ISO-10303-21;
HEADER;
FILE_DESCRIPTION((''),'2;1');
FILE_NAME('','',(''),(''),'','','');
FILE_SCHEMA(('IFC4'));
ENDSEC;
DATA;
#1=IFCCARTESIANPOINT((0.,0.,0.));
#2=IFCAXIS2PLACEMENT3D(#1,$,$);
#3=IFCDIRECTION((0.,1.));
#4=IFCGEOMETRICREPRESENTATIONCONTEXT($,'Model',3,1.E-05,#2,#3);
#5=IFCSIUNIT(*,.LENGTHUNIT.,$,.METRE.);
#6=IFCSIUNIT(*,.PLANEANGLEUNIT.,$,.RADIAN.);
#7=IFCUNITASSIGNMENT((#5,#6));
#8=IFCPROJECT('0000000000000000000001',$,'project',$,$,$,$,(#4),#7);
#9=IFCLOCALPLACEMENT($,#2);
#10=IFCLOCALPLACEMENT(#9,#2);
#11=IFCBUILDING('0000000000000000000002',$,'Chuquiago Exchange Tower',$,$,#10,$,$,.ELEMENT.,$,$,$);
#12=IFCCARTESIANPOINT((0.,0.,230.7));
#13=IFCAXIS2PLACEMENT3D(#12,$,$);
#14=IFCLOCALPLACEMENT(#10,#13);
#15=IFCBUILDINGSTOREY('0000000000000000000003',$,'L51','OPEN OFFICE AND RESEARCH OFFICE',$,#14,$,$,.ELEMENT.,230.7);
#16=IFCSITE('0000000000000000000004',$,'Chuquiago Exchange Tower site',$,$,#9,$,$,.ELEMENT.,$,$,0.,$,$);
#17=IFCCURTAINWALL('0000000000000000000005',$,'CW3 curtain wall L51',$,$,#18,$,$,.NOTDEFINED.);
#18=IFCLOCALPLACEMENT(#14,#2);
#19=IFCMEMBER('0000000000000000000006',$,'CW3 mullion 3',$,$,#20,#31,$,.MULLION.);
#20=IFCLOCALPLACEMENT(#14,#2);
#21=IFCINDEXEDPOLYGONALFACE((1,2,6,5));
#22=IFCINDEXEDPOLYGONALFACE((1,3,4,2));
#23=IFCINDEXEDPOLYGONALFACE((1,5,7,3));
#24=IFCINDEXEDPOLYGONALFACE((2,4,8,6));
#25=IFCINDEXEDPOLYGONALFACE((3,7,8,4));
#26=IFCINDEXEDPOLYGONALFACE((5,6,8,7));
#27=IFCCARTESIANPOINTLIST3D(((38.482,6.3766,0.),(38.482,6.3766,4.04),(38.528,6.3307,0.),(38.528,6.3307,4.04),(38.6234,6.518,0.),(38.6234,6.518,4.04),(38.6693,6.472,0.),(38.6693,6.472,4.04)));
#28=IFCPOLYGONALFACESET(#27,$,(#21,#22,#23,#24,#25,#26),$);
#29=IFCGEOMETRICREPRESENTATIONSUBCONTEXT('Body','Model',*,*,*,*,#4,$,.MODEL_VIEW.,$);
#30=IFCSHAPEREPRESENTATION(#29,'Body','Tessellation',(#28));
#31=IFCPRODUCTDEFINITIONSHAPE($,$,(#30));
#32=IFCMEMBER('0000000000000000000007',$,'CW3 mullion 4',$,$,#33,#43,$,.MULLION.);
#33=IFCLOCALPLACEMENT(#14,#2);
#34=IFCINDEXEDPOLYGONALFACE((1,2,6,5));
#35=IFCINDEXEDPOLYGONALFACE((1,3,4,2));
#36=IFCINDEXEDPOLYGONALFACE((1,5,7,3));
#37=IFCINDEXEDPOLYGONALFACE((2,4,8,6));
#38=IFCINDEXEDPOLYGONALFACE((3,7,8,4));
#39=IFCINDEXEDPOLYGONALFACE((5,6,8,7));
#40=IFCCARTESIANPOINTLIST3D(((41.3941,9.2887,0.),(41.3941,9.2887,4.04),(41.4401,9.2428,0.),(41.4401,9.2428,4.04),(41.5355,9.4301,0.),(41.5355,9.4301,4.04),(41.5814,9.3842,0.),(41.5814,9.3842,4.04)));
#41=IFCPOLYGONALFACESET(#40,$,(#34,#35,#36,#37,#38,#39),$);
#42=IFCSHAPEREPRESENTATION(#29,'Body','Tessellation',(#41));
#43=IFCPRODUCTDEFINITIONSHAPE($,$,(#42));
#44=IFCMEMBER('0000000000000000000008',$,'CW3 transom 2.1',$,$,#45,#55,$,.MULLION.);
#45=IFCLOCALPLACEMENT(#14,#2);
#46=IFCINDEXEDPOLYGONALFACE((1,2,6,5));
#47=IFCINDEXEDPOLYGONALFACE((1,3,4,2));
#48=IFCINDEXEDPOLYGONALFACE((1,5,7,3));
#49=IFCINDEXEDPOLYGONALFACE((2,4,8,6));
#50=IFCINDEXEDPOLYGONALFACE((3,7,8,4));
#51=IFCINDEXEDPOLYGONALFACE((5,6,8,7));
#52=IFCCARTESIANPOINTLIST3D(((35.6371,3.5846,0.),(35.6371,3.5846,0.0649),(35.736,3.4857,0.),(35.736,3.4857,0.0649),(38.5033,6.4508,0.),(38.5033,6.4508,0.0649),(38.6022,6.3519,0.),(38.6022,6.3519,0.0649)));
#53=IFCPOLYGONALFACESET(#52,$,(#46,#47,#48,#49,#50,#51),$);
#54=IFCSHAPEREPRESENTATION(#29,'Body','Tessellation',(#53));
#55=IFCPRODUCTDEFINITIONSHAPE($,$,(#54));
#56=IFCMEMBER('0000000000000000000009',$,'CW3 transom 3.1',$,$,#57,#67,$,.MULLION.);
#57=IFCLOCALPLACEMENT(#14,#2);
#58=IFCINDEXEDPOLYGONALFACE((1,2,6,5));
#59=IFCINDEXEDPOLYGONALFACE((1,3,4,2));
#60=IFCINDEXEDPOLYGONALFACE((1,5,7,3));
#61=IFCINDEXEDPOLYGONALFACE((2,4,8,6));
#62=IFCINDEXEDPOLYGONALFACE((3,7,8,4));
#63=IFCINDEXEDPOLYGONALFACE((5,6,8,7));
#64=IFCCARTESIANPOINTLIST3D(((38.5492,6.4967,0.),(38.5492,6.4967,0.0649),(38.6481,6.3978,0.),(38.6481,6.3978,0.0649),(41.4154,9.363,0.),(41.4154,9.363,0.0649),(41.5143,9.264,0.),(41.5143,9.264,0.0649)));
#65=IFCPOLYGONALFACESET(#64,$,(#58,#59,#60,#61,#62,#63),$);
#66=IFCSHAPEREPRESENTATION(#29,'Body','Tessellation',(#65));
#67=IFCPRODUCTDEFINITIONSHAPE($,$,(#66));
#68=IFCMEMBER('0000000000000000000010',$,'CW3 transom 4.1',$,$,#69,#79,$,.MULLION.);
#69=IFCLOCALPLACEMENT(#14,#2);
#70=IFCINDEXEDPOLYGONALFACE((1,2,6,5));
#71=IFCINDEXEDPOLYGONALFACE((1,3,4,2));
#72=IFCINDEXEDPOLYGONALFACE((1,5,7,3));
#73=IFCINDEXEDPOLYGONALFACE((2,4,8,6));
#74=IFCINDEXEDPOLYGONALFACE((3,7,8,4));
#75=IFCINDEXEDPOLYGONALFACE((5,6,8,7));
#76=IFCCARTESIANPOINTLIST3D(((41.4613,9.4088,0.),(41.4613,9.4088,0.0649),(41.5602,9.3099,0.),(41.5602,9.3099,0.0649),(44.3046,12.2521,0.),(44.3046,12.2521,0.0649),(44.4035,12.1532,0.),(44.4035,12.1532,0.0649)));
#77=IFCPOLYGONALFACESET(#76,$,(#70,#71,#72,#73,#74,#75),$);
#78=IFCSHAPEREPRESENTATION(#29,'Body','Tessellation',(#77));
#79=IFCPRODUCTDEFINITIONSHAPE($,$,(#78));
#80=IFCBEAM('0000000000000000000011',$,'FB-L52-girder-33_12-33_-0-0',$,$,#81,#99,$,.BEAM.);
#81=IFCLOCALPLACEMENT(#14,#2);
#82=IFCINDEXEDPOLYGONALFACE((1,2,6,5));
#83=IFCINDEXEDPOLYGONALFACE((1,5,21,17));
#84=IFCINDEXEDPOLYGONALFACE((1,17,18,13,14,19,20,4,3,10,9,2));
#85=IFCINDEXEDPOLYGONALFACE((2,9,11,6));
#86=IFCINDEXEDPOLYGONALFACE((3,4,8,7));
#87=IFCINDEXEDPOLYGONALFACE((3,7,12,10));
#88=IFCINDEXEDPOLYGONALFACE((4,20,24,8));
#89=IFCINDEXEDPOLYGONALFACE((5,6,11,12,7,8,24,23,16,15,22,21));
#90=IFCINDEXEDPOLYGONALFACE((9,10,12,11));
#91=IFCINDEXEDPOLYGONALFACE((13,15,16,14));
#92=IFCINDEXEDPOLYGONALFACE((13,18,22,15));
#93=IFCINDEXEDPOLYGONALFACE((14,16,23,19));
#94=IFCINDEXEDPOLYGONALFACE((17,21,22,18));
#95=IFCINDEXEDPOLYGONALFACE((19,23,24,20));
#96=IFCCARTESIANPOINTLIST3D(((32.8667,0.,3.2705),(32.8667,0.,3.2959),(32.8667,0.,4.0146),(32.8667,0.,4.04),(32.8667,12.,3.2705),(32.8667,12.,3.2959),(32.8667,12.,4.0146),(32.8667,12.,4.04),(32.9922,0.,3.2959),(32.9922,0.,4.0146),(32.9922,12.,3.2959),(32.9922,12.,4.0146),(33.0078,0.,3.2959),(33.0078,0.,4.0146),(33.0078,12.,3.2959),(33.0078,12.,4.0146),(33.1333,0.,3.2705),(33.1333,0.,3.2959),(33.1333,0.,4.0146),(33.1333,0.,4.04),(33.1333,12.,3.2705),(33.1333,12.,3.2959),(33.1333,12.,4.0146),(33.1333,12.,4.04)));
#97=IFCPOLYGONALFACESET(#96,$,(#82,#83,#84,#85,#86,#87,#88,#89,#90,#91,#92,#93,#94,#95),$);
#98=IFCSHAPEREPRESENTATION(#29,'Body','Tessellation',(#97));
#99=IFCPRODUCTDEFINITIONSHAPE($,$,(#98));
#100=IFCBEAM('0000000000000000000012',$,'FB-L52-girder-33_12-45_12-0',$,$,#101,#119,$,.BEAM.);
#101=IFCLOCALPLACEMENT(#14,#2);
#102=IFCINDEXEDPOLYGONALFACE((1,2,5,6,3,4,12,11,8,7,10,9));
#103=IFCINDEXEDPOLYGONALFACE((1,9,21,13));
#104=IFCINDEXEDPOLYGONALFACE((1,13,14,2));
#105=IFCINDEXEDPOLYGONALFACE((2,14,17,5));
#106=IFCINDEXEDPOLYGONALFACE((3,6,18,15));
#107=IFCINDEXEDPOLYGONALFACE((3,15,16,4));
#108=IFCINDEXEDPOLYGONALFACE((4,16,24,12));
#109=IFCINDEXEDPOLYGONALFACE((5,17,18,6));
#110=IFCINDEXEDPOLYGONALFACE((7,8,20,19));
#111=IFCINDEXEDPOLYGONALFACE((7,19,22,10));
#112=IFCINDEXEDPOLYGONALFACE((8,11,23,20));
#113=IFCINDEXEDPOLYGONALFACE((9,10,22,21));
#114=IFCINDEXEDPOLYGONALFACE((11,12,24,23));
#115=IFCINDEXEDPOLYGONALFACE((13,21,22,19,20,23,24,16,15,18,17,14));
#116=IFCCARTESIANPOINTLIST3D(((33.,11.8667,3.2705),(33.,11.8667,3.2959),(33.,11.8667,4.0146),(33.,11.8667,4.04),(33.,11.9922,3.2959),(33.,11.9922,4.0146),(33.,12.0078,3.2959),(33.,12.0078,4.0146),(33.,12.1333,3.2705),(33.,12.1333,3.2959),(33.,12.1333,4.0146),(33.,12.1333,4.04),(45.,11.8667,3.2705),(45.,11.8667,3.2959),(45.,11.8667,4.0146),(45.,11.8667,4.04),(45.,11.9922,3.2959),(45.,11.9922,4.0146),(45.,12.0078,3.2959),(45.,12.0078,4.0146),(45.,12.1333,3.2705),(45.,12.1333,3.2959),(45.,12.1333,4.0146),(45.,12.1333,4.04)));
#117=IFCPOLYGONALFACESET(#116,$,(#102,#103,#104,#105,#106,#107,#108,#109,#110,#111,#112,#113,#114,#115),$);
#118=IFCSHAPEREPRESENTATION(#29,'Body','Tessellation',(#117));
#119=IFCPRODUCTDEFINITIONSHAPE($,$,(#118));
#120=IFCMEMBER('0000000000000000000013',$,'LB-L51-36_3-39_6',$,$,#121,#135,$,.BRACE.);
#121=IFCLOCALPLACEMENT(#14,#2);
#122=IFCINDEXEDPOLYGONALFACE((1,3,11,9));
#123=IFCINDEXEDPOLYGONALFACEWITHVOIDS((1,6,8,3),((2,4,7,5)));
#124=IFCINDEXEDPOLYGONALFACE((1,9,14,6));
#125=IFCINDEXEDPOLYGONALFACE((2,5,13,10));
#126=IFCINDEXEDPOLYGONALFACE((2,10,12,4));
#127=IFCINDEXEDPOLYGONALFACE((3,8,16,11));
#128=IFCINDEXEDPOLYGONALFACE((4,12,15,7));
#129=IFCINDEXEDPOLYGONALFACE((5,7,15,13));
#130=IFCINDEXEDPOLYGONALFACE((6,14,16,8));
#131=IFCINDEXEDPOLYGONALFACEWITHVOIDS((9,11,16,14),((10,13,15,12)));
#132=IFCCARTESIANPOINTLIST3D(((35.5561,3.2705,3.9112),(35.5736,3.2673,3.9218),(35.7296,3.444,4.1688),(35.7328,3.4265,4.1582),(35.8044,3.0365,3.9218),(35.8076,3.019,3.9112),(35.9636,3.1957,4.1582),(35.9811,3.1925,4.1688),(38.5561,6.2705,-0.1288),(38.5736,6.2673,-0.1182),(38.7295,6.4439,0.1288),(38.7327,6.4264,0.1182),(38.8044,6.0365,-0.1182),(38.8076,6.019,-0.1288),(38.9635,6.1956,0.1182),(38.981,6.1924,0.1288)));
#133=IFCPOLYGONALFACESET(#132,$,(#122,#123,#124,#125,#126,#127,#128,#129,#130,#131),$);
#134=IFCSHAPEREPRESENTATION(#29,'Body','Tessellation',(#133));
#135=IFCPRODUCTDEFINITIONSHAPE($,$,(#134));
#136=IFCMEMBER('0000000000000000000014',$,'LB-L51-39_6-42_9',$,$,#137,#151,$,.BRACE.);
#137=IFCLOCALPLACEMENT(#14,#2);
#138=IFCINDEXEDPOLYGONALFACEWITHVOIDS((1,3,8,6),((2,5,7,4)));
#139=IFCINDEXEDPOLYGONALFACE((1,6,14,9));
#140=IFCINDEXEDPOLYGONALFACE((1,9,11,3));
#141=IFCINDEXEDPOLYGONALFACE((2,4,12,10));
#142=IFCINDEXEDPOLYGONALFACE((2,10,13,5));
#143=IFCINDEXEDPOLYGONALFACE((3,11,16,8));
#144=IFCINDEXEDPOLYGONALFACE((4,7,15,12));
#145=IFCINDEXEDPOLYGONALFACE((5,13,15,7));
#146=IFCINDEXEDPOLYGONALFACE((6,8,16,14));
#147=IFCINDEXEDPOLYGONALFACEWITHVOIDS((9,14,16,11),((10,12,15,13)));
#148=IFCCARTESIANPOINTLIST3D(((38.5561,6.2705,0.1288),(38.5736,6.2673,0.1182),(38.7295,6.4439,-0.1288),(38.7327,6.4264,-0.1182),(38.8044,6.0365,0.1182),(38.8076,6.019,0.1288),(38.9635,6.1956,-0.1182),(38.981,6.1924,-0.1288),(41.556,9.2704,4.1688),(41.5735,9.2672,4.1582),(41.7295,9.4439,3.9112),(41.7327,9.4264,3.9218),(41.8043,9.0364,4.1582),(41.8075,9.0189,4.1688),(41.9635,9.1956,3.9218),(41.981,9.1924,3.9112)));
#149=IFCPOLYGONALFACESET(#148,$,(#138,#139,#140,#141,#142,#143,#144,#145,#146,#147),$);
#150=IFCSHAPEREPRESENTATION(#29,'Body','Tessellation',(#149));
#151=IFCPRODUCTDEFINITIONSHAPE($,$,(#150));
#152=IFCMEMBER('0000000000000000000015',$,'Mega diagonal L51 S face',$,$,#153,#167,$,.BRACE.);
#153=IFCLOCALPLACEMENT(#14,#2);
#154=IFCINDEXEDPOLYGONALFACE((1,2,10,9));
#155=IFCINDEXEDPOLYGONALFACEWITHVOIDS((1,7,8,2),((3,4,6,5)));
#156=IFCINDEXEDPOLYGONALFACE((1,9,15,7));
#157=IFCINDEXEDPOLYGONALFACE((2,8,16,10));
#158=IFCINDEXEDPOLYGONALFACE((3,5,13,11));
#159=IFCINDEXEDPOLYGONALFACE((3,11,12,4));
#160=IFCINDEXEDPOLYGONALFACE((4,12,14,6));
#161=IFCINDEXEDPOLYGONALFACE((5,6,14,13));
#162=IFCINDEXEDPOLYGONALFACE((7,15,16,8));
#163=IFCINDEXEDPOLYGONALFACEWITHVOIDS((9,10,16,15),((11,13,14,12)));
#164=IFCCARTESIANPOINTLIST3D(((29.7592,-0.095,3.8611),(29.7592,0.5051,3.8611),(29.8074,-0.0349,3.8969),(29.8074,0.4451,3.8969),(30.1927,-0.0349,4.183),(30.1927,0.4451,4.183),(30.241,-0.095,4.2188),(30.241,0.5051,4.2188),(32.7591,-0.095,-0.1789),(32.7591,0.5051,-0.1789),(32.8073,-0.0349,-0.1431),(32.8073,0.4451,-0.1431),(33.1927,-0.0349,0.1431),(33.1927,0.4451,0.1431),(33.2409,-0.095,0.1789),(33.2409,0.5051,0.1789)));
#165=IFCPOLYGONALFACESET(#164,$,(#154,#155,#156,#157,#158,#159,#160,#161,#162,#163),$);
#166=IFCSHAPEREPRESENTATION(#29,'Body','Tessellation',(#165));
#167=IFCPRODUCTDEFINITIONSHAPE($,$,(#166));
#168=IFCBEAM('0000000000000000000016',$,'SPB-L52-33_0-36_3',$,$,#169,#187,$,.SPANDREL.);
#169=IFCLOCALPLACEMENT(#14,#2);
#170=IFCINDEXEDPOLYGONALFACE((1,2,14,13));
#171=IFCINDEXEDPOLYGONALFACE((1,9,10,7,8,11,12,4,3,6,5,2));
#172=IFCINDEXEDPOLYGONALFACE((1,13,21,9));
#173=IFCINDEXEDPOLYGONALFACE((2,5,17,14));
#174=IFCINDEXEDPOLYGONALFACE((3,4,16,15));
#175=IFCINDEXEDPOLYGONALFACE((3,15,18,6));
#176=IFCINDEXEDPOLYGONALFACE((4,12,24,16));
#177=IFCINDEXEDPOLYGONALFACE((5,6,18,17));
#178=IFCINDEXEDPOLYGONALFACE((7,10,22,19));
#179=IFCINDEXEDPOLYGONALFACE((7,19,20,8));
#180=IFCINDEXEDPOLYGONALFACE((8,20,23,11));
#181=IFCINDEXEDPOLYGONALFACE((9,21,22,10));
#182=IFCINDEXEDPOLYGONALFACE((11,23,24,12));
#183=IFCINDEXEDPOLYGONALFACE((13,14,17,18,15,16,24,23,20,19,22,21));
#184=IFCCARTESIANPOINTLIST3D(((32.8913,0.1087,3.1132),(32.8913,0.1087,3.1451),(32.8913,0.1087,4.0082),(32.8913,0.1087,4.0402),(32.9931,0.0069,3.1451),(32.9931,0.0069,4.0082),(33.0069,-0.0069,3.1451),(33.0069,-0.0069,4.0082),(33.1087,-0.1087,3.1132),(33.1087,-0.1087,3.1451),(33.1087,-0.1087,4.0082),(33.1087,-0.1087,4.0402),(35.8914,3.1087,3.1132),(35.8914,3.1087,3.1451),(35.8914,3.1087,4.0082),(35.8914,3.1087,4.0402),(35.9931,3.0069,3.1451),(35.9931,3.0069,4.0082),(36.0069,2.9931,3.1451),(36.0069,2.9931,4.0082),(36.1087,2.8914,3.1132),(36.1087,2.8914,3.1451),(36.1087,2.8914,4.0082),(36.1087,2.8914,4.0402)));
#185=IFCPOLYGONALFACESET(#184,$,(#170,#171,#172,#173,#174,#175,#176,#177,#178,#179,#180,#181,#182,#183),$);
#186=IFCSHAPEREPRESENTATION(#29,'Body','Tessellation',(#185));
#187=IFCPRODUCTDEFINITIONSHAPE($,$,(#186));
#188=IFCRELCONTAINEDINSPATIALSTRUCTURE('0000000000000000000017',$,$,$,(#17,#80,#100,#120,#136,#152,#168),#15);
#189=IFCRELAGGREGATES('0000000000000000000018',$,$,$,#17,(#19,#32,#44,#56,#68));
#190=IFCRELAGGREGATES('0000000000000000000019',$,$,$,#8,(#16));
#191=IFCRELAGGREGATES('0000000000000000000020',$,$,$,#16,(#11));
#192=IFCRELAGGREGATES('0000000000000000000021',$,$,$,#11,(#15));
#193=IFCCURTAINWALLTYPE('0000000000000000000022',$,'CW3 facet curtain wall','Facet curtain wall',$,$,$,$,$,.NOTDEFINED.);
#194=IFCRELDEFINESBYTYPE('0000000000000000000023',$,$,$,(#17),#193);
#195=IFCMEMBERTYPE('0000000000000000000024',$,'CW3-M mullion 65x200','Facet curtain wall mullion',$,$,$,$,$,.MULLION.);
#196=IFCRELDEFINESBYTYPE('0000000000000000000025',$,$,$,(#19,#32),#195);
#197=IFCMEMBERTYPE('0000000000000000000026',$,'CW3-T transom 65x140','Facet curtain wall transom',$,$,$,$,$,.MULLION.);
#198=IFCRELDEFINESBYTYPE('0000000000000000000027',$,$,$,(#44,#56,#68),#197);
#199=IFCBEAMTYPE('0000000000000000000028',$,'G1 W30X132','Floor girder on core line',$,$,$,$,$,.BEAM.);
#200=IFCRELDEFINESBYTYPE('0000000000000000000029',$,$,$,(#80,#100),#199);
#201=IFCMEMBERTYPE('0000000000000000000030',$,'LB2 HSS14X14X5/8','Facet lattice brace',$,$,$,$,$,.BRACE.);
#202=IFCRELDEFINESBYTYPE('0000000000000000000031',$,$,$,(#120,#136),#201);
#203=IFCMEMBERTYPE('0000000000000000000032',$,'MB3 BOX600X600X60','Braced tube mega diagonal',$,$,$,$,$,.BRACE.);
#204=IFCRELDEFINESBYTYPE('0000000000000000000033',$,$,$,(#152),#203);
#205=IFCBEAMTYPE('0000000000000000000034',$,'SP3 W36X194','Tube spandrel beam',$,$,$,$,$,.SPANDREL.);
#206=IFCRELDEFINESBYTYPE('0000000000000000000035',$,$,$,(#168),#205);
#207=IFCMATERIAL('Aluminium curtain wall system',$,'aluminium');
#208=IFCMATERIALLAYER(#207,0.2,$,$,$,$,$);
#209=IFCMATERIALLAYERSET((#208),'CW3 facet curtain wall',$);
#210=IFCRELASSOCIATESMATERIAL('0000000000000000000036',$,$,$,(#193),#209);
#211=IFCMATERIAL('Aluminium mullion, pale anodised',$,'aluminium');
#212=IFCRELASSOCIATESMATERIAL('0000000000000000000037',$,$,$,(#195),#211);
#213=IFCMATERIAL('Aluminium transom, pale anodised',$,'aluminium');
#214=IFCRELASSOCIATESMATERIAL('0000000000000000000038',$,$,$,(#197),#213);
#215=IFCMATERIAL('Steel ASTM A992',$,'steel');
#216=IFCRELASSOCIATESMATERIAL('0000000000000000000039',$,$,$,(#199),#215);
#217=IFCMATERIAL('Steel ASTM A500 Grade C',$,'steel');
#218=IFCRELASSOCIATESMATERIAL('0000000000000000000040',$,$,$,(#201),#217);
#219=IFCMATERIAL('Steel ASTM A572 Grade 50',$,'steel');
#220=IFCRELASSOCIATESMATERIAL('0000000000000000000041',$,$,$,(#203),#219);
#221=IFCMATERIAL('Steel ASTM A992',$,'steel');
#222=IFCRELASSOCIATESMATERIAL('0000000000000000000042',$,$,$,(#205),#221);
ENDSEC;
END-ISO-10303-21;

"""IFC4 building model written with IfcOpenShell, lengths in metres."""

from ifc_helpers import new_model, si_unit, direction, frame, origin, origin_2d, place, context, subcontext, project, spatial, rectangle, hollow_rectangle, i_section, extrude, material, layer, layer_set, material_profile, profile_set, type_object, element, aggregate, save


model = new_model("IFC4")

# Units and contexts
model_context = context("Model", 3, precision=1e-05, world=origin(), true_north=direction((0.0, 1.0)))
body_context = subcontext(model_context, "Body", "Model", "MODEL_VIEW")
ifc_project = project(units=[si_unit("LENGTHUNIT", "METRE"), si_unit("PLANEANGLEUNIT", "RADIAN")], contexts=[model_context])

# Site, building, storey
site_placement = place(None, origin())
site = spatial("IfcSite", under=ifc_project, at=site_placement, Name="Chuquiago Exchange Tower site", CompositionType="ELEMENT", RefElevation=0.0)
building_placement = place(site_placement, origin())
building = spatial("IfcBuilding", under=site, at=building_placement, Name="Chuquiago Exchange Tower", CompositionType="ELEMENT")
storey_placement = place(building_placement, frame((0.0, 0.0, 230.7)))
storey = spatial("IfcBuildingStorey", under=building, at=storey_placement, Name="L51", Description="OPEN OFFICE AND RESEARCH OFFICE", CompositionType="ELEMENT", Elevation=230.7)

# Curtain wall, members
ifc_material_1 = material(Name="Aluminium curtain wall system", Category="aluminium")
ifc_layer_1 = layer(ifc_material_1, 0.2)
ifc_layer_set_1 = layer_set([ifc_layer_1], Name="CW3 facet curtain wall")
curtain_wall_type = type_object("IfcCurtainWallType", Name="CW3 facet curtain wall", Description="Facet curtain wall", PredefinedType="NOTDEFINED", material=ifc_layer_set_1)
curtain_wall_placement = place(storey_placement, origin())
curtain_wall = element("IfcCurtainWall", 1, at=curtain_wall_placement, inside=storey, type_object=curtain_wall_type, Name="CW3 curtain wall L51", PredefinedType="NOTDEFINED")
ifc_material_2 = material(Name="Aluminium mullion, pale anodised", Category="aluminium")
ifc_material_profile_1 = material_profile(ifc_material_2, rectangle(XDim=0.0649, YDim=0.2, at=origin_2d()), Name="AL 65x200")
ifc_profile_set_1 = profile_set([ifc_material_profile_1], Name="Aluminium mullion, pale anodised")
member_type_1 = type_object("IfcMemberType", Name="CW3-M mullion 65x200", Description="Facet curtain wall mullion", PredefinedType="MULLION", material=ifc_profile_set_1)
member_1_placement = place(storey_placement, frame((38.5757, 6.4243, 0.0), z_axis=(0.0, 0.0, 1.0), x_axis=(-0.707107, 0.707107, 0.0)))
member_1 = element("IfcMember", 2, at=member_1_placement, type_object=member_type_1, Name="CW3 mullion 3", PredefinedType="MULLION", context=body_context, shape_type="SweptSolid", body=[
    extrude(rectangle(XDim=0.0649, YDim=0.2, at=origin_2d()), origin(), (0.0, 0.0, 1.0), 4.04),
])
member_2_placement = place(storey_placement, frame((41.4878, 9.3364, 0.0), z_axis=(0.0, 0.0, 1.0), x_axis=(-0.707107, 0.707107, 0.0)))
member_2 = element("IfcMember", 3, at=member_2_placement, type_object=member_type_1, Name="CW3 mullion 4", PredefinedType="MULLION", context=body_context, shape_type="SweptSolid", body=[
    extrude(rectangle(XDim=0.0649, YDim=0.2, at=origin_2d()), origin(), (0.0, 0.0, 1.0), 4.04),
])
ifc_material_3 = material(Name="Aluminium transom, pale anodised", Category="aluminium")
ifc_material_profile_2 = material_profile(ifc_material_3, rectangle(XDim=0.1399, YDim=0.0649, at=origin_2d()), Name="AL 140x65")
ifc_profile_set_2 = profile_set([ifc_material_profile_2], Name="Aluminium transom, pale anodised")
member_type_2 = type_object("IfcMemberType", Name="CW3-T transom 65x140", Description="Facet curtain wall transom", PredefinedType="MULLION", material=ifc_profile_set_2)
member_3_placement = place(storey_placement, frame((35.6865, 3.5352, 0.0325), z_axis=(0.707107, 0.707107, 0.0), x_axis=(-0.707107, 0.707107, 0.0)))
member_3 = element("IfcMember", 4, at=member_3_placement, type_object=member_type_2, Name="CW3 transom 2.1", PredefinedType="MULLION", context=body_context, shape_type="SweptSolid", body=[
    extrude(rectangle(XDim=0.1399, YDim=0.0649, at=origin_2d()), origin(), (0.0, 0.0, 1.0), 4.0535),
])
member_4_placement = place(storey_placement, frame((38.5986, 6.4473, 0.0325), z_axis=(0.707107, 0.707107, 0.0), x_axis=(-0.707107, 0.707107, 0.0)))
member_4 = element("IfcMember", 5, at=member_4_placement, type_object=member_type_2, Name="CW3 transom 3.1", PredefinedType="MULLION", context=body_context, shape_type="SweptSolid", body=[
    extrude(rectangle(XDim=0.1399, YDim=0.0649, at=origin_2d()), origin(), (0.0, 0.0, 1.0), 4.0535),
])
member_5_placement = place(storey_placement, frame((41.5107, 9.3594, 0.0325), z_axis=(0.707107, 0.707107, 0.0), x_axis=(-0.707107, 0.707107, 0.0)))
member_5 = element("IfcMember", 6, at=member_5_placement, type_object=member_type_2, Name="CW3 transom 4.1", PredefinedType="MULLION", context=body_context, shape_type="SweptSolid", body=[
    extrude(rectangle(XDim=0.1399, YDim=0.0649, at=origin_2d()), origin(), (0.0, 0.0, 1.0), 4.021),
])

# Beams
ifc_material_4 = material(Name="Steel ASTM A992", Category="steel")
ifc_material_profile_3 = material_profile(ifc_material_4, i_section(OverallWidth=0.2666, OverallDepth=0.7695, WebThickness=0.0156, FlangeThickness=0.0254, at=origin_2d()), Name="W30X132")
ifc_profile_set_3 = profile_set([ifc_material_profile_3], Name="Steel ASTM A992")
beam_type_1 = type_object("IfcBeamType", Name="G1 W30X132", Description="Floor girder on core line", PredefinedType="BEAM", material=ifc_profile_set_3)
for number, where, z_axis, x_axis, name in (
    (7, (33.0, 12.0, 3.6553), (0.0, -1.0, 0.0), (1.0, 0.0, 0.0), "FB-L52-girder-33_12-33_-0-0"),
    (8, (33.0, 12.0, 3.6553), (1.0, 0.0, 0.0), (0.0, 1.0, 0.0), "FB-L52-girder-33_12-45_12-0"),
):
    element("IfcBeam", number, at=place(storey_placement, frame(where, z_axis=z_axis, x_axis=x_axis)), inside=storey, type_object=beam_type_1, Name=name, PredefinedType="BEAM", context=body_context, shape_type="SweptSolid", body=[
        extrude(i_section(OverallWidth=0.2666, OverallDepth=0.7695, WebThickness=0.0156, FlangeThickness=0.0254, at=origin_2d()), origin(), (0.0, 0.0, 1.0), 12.0),
    ])

# Members
ifc_material_5 = material(Name="Steel ASTM A500 Grade C", Category="steel")
ifc_material_profile_4 = material_profile(ifc_material_5, hollow_rectangle(XDim=0.3557, YDim=0.3557, WallThickness=0.0146, at=origin_2d()), Name="HSS14X14X5/8")
ifc_profile_set_4 = profile_set([ifc_material_profile_4], Name="Steel ASTM A500 Grade C")
member_type_3 = type_object("IfcMemberType", Name="LB2 HSS14X14X5/8", Description="Facet lattice brace", PredefinedType="BRACE", material=ifc_profile_set_4)
for number, where, z_axis, x_axis, name in (
    (9, (38.7686, 6.2314, 0.0), (-0.512077, -0.512077, 0.689604), (0.707107, -0.707107, 0.0), "LB-L51-36_3-39_6"),
    (10, (38.7686, 6.2314, 0.0), (0.512077, 0.512077, 0.689604), (-0.707107, 0.707107, 0.0), "LB-L51-39_6-42_9"),
):
    element("IfcMember", number, at=place(storey_placement, frame(where, z_axis=z_axis, x_axis=x_axis)), inside=storey, type_object=member_type_3, Name=name, PredefinedType="BRACE", context=body_context, shape_type="SweptSolid", body=[
        extrude(hollow_rectangle(XDim=0.3557, YDim=0.3557, WallThickness=0.0146, at=origin_2d()), origin(), (0.0, 0.0, 1.0), 5.8584),
    ])
ifc_material_6 = material(Name="Steel ASTM A572 Grade 50", Category="steel")
ifc_material_profile_5 = material_profile(ifc_material_6, hollow_rectangle(XDim=0.6001, YDim=0.6001, WallThickness=0.0601, at=origin_2d()), Name="BOX600X600X60")
ifc_profile_set_5 = profile_set([ifc_material_profile_5], Name="Steel ASTM A572 Grade 50")
member_type_4 = type_object("IfcMemberType", Name="MB3 BOX600X600X60", Description="Braced tube mega diagonal", PredefinedType="BRACE", material=ifc_profile_set_5)
member_6_placement = place(storey_placement, frame((33.0, 0.2051, 0.0), z_axis=(-0.596174, 0.0, 0.802855), x_axis=(0.0, -1.0, 0.0)))
element("IfcMember", 11, at=member_6_placement, inside=storey, type_object=member_type_4, Name="Mega diagonal L51 S face", PredefinedType="BRACE", context=body_context, shape_type="SweptSolid", body=[
    extrude(hollow_rectangle(XDim=0.6001, YDim=0.6001, WallThickness=0.0601, at=origin_2d()), origin(), (0.0, 0.0, 1.0), 5.032),
])

# Beam
ifc_material_7 = material(Name="Steel ASTM A992", Category="steel")
ifc_material_profile_6 = material_profile(ifc_material_7, i_section(OverallWidth=0.3074, OverallDepth=0.927, WebThickness=0.0195, FlangeThickness=0.032, at=origin_2d()), Name="W36X194")
ifc_profile_set_6 = profile_set([ifc_material_profile_6], Name="Steel ASTM A992")
beam_type_2 = type_object("IfcBeamType", Name="SP3 W36X194", Description="Tube spandrel beam", PredefinedType="SPANDREL", material=ifc_profile_set_6)
for number, where, z_axis, x_axis, name in (
    (12, (33.0, 0.0, 3.5767), (0.707107, 0.707107, 0.0), (-0.707107, 0.707107, 0.0), "SPB-L52-33_0-36_3"),
):
    element("IfcBeam", number, at=place(storey_placement, frame(where, z_axis=z_axis, x_axis=x_axis)), inside=storey, type_object=beam_type_2, Name=name, PredefinedType="SPANDREL", context=body_context, shape_type="SweptSolid", body=[
        extrude(i_section(OverallWidth=0.3074, OverallDepth=0.927, WebThickness=0.0195, FlangeThickness=0.032, at=origin_2d()), origin(), (0.0, 0.0, 1.0), 4.2427),
    ])

aggregate(curtain_wall, [member_1, member_2, member_3, member_4, member_5])

save(model, "model.ifc")
